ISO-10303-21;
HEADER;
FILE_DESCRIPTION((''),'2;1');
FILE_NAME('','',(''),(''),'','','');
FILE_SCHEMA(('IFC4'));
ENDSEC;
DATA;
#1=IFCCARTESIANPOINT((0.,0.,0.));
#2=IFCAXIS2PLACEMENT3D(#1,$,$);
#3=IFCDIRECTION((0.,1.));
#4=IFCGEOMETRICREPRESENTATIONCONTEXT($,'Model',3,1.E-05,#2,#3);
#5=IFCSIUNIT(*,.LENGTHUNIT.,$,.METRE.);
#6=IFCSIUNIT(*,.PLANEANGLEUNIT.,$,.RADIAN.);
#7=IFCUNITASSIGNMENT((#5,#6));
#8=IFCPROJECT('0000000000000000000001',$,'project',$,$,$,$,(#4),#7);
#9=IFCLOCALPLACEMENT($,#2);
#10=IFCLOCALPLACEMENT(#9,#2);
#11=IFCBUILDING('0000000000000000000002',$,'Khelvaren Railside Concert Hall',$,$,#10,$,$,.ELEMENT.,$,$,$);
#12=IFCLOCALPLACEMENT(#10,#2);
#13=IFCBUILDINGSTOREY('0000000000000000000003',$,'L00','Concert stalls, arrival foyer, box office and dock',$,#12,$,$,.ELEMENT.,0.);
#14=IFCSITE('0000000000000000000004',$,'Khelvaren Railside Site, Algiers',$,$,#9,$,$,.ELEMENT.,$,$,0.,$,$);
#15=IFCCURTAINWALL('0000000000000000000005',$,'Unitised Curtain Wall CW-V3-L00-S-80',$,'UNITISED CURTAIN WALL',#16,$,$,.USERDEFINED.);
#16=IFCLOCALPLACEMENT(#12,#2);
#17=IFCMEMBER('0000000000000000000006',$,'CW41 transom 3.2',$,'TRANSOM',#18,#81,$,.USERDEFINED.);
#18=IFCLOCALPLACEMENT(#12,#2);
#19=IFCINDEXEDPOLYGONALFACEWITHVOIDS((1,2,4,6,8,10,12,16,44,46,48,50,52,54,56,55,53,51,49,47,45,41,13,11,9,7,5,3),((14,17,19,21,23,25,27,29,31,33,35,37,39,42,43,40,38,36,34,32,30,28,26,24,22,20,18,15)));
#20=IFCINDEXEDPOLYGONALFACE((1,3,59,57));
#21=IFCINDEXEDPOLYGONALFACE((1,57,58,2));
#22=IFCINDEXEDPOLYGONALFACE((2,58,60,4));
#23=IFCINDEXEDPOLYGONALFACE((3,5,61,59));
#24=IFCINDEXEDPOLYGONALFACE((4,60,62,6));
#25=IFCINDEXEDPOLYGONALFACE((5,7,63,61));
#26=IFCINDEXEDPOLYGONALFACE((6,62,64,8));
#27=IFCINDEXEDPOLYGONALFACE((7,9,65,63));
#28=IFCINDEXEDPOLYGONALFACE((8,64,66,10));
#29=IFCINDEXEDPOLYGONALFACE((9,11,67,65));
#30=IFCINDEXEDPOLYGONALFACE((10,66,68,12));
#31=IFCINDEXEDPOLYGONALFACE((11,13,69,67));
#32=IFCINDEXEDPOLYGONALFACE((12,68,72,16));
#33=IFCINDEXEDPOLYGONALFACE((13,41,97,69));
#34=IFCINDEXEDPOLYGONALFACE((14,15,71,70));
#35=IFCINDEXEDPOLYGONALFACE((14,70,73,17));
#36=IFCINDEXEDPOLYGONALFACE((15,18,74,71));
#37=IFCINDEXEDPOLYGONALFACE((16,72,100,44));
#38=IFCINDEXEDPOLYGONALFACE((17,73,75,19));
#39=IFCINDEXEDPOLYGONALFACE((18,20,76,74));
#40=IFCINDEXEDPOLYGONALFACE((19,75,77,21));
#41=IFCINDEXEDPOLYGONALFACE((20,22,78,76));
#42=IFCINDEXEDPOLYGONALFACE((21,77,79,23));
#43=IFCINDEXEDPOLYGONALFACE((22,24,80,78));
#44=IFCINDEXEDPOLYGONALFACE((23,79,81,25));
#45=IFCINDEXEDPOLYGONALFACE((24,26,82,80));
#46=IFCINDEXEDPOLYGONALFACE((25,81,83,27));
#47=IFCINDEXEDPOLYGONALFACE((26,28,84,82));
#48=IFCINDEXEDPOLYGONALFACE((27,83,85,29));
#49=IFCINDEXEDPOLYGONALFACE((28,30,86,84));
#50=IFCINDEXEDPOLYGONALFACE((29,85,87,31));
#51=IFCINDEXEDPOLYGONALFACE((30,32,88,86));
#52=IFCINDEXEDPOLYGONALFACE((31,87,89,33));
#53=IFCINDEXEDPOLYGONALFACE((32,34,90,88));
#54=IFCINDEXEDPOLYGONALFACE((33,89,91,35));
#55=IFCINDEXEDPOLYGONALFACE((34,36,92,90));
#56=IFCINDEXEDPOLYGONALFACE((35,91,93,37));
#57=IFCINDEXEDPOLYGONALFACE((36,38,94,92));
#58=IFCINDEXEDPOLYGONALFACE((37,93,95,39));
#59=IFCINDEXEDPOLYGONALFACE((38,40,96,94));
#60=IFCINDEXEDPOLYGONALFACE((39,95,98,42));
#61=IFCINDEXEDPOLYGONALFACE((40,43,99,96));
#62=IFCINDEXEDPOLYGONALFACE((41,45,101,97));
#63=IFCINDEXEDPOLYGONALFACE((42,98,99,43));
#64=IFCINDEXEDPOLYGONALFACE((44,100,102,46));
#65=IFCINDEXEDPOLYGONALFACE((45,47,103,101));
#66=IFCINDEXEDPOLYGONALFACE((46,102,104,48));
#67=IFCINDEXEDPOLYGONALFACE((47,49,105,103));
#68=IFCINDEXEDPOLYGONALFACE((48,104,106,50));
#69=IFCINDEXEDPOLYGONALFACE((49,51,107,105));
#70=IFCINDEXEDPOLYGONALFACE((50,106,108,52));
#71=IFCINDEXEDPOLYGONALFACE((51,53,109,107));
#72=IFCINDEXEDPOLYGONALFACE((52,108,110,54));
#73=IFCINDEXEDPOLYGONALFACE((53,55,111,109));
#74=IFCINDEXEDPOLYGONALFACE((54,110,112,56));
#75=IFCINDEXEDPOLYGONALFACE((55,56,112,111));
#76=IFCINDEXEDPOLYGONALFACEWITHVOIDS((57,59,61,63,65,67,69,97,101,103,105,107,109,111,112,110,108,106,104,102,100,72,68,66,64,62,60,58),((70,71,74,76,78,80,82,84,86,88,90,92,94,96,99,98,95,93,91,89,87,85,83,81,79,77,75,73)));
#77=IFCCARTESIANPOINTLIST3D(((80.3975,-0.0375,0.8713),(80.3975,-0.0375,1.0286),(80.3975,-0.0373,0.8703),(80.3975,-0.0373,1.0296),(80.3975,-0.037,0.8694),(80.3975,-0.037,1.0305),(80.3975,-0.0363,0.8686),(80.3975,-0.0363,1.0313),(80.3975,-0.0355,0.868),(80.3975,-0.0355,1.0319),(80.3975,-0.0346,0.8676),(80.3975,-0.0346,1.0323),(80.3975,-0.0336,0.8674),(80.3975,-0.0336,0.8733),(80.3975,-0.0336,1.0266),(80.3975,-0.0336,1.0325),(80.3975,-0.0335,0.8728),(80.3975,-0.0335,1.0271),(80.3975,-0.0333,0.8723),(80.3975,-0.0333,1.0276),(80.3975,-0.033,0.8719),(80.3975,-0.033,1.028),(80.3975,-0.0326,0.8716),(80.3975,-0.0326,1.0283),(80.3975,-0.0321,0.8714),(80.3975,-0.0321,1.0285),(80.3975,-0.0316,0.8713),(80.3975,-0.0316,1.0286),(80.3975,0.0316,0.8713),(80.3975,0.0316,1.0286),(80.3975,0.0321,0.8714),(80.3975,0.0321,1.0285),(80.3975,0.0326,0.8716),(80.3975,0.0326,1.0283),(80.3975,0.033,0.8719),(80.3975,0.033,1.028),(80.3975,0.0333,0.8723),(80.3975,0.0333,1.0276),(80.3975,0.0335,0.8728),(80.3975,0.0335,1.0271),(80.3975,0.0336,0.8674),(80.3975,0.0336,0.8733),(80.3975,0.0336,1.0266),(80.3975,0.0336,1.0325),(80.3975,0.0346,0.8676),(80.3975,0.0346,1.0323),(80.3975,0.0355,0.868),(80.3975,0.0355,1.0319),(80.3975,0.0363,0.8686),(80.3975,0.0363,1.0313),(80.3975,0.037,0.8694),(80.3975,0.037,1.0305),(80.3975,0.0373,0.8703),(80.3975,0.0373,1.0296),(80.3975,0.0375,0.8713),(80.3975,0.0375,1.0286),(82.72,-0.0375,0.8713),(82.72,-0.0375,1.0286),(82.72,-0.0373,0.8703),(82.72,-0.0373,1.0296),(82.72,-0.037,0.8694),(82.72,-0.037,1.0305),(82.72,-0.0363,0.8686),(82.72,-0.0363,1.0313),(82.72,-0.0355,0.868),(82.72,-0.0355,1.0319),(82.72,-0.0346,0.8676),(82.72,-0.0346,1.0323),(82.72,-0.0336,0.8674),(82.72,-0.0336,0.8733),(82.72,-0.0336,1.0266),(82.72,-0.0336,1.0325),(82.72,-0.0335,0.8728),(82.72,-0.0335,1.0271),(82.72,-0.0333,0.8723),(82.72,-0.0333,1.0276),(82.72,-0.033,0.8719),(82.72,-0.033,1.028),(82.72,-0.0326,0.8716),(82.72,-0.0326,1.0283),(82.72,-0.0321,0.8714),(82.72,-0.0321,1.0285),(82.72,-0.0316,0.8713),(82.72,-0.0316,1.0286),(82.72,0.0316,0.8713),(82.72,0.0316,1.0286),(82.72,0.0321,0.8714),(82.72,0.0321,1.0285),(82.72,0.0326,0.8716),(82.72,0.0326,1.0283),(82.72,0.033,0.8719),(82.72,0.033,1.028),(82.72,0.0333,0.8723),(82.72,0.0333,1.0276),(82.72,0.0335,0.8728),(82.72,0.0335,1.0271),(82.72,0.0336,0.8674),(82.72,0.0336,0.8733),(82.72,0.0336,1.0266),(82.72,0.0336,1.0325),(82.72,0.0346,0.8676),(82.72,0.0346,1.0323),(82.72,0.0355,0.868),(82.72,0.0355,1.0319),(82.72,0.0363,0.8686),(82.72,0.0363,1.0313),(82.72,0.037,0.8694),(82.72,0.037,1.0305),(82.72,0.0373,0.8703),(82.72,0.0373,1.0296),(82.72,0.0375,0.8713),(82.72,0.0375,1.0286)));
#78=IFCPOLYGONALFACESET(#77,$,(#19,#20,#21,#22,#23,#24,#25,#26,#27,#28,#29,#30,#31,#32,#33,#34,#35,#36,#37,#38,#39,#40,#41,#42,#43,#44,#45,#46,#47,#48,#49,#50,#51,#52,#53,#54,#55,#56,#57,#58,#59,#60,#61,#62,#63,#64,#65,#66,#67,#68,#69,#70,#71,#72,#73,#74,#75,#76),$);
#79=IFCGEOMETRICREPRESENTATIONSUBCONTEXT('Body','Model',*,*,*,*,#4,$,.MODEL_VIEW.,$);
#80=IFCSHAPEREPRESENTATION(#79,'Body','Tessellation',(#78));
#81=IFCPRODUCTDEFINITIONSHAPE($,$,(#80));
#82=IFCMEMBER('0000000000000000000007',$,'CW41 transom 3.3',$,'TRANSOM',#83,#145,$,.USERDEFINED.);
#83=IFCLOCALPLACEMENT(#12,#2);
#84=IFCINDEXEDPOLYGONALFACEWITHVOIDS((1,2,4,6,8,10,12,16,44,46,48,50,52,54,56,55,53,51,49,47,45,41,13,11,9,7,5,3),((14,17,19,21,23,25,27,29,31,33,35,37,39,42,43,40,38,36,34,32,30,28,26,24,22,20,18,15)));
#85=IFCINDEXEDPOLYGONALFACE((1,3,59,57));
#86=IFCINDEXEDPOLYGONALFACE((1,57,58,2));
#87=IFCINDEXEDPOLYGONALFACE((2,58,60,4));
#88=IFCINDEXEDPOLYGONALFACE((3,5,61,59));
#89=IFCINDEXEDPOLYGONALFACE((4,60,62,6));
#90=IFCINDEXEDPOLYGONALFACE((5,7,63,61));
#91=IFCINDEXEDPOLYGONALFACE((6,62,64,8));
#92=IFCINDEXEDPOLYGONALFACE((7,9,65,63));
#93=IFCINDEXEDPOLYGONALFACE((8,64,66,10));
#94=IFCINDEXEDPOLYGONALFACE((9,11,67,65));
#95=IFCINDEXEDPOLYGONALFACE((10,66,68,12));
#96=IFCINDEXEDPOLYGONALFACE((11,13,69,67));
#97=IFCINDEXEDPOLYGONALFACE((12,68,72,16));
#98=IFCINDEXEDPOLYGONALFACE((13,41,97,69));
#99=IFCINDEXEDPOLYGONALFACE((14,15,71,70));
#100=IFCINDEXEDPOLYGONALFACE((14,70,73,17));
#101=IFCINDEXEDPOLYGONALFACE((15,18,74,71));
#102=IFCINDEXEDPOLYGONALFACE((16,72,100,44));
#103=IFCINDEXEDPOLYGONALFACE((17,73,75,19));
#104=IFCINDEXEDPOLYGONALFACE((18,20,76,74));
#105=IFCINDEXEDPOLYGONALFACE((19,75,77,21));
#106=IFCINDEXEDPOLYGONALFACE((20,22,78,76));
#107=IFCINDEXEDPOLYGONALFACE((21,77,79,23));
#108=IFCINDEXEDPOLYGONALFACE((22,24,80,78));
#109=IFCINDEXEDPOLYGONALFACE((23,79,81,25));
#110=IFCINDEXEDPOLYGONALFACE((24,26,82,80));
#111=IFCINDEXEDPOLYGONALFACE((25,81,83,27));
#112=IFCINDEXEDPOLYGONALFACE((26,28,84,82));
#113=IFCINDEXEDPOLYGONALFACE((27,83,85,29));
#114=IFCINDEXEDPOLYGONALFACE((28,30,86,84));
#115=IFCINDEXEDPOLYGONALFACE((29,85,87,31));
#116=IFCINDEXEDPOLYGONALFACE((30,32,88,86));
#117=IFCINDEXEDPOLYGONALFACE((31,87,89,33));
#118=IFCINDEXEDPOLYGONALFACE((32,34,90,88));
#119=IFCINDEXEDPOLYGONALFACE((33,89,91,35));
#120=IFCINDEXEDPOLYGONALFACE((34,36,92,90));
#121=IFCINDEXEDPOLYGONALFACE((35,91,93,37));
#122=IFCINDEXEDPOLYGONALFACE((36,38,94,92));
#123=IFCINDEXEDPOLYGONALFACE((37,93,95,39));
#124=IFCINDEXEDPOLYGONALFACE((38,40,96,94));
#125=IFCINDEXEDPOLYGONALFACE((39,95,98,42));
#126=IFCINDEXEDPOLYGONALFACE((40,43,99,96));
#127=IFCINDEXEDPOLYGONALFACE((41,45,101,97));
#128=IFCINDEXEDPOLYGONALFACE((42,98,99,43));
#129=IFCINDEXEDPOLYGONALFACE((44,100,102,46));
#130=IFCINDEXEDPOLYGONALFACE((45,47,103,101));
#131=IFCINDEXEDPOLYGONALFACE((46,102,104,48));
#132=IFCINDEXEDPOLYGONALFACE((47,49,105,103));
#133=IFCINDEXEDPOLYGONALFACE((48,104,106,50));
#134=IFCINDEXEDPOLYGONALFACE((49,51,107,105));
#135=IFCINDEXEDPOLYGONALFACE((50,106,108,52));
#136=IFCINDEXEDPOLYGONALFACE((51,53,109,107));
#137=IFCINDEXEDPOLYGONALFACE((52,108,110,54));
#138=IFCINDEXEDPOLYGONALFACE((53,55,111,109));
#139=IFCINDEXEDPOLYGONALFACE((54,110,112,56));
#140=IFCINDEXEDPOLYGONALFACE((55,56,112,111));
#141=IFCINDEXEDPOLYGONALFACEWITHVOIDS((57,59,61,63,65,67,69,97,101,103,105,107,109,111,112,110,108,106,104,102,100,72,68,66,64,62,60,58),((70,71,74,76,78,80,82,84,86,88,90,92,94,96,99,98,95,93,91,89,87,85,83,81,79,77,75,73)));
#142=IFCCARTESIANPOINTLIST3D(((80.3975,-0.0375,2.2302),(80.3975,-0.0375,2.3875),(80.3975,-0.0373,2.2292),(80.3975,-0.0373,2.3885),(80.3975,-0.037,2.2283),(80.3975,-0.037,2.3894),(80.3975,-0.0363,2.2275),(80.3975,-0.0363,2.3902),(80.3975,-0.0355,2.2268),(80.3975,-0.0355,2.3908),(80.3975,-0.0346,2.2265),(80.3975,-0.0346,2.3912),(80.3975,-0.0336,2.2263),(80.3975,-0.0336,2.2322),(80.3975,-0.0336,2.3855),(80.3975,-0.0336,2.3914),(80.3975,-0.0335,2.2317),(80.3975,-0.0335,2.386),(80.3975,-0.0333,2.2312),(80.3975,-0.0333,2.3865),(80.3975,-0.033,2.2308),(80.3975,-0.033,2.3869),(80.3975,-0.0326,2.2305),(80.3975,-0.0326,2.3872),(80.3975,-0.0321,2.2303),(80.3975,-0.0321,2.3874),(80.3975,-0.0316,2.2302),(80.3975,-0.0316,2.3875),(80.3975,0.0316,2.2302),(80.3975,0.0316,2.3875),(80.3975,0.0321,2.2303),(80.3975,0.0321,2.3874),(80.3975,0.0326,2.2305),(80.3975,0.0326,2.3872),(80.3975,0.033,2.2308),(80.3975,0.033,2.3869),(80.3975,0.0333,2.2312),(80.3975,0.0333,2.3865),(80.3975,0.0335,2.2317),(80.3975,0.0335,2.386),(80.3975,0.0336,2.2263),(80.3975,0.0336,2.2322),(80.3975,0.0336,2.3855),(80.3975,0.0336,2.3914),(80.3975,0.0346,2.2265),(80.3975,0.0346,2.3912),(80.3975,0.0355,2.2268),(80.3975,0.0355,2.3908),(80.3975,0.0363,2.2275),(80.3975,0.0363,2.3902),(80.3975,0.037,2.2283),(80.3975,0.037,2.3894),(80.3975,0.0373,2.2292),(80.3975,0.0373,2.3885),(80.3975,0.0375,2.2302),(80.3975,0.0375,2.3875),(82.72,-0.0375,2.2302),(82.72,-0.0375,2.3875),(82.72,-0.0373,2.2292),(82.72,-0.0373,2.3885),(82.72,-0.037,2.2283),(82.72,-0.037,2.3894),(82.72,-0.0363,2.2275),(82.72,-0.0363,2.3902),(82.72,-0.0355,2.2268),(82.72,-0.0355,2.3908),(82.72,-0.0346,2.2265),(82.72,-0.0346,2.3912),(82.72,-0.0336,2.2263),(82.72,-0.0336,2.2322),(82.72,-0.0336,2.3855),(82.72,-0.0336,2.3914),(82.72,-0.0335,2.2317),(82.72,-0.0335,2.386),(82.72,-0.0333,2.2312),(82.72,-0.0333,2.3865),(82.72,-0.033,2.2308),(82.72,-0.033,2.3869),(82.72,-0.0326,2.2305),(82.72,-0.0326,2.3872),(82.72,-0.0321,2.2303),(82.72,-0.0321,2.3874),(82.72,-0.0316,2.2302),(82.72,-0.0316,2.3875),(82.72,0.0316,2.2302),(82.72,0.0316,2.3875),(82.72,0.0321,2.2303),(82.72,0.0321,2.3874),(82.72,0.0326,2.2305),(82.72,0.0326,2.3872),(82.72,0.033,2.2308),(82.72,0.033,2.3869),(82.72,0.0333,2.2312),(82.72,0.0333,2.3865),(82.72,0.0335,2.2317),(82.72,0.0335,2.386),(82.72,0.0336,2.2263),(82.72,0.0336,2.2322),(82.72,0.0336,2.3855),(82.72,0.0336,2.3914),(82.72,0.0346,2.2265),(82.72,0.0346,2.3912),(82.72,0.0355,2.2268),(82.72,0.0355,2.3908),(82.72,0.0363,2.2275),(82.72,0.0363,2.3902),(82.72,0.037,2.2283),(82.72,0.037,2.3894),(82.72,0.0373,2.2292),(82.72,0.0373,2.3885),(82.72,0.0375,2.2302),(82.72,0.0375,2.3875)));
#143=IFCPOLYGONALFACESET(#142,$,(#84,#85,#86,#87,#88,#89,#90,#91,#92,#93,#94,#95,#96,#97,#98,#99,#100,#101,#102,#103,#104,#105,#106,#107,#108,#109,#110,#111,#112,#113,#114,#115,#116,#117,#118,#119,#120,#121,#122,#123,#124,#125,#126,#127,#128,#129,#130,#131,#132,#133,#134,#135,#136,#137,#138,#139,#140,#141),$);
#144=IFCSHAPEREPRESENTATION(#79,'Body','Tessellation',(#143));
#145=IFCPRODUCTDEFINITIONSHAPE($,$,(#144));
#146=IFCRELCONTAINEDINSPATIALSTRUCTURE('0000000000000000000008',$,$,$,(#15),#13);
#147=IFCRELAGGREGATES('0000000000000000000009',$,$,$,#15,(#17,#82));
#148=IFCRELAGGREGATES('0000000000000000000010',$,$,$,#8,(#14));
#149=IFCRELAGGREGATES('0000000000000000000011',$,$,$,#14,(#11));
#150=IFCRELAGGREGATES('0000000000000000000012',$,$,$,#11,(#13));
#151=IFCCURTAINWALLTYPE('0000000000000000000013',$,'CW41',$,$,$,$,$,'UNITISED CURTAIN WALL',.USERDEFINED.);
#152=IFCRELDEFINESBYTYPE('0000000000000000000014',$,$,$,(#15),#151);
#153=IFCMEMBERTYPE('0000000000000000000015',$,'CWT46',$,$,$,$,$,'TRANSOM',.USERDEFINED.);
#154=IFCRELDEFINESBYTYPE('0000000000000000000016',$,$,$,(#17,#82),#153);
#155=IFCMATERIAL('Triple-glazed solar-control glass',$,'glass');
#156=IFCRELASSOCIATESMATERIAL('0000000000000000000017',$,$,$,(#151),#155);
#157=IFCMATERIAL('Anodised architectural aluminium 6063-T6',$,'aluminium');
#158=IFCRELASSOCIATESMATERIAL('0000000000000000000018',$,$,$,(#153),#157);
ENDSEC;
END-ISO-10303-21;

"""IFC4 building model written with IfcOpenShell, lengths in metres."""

from ifc_helpers import new_model, si_unit, direction, frame, origin, origin_2d, place, context, subcontext, project, spatial, hollow_rectangle, extrude, material, material_profile, profile_set, type_object, element, aggregate, save


model = new_model("IFC4")

# Units and contexts
model_context = context("Model", 3, precision=1e-05, world=origin(), true_north=direction((0.0, 1.0)))
body_context = subcontext(model_context, "Body", "Model", "MODEL_VIEW")
ifc_project = project(units=[si_unit("LENGTHUNIT", "METRE"), si_unit("PLANEANGLEUNIT", "RADIAN")], contexts=[model_context])

# Site, building, storey
site_placement = place(None, origin())
site = spatial("IfcSite", under=ifc_project, at=site_placement, Name="Khelvaren Railside Site, Algiers", CompositionType="ELEMENT", RefElevation=0.0)
building_placement = place(site_placement, origin())
building = spatial("IfcBuilding", under=site, at=building_placement, Name="Khelvaren Railside Concert Hall", CompositionType="ELEMENT")
storey_placement = place(building_placement, origin())
storey = spatial("IfcBuildingStorey", under=building, at=storey_placement, Name="L00", Description="Concert stalls, arrival foyer, box office and dock", CompositionType="ELEMENT", Elevation=0.0)

# Curtain wall
ifc_material_1 = material(Name="Triple-glazed solar-control glass", Category="glass")
curtain_wall_type_1 = type_object("IfcCurtainWallType", Name="CW41", ElementType="UNITISED CURTAIN WALL", PredefinedType="USERDEFINED", material=ifc_material_1)
curtain_wall_1_placement = place(storey_placement, origin())
curtain_wall_1 = element("IfcCurtainWall", 1, at=curtain_wall_1_placement, inside=storey, type_object=curtain_wall_type_1, Name="Unitised Curtain Wall CW-V3-L00-S-80", ObjectType="UNITISED CURTAIN WALL", PredefinedType="USERDEFINED")
ifc_material_2 = material(Name="Anodised architectural aluminium 6063-T6", Category="aluminium")

# Members
ifc_material_profile_1 = material_profile(ifc_material_2, hollow_rectangle(XDim=0.075, YDim=0.165, WallThickness=0.0039, InnerFilletRadius=0.002, OuterFilletRadius=0.0039, at=origin_2d()), Name="CWT 75x165x4")
ifc_profile_set_1 = profile_set([ifc_material_profile_1], Name="Anodised architectural aluminium 6063-T6")
member_type_1 = type_object("IfcMemberType", Name="CWT46", ElementType="TRANSOM", PredefinedType="USERDEFINED", material=ifc_profile_set_1)
member_1_placement = place(storey_placement, frame((82.72, 0.0, 0.95), z_axis=(-1.0, 0.0, 0.0), x_axis=(0.0, -1.0, 0.0)))
member_1 = element("IfcMember", 2, at=member_1_placement, type_object=member_type_1, Name="CW41 transom 3.2", ObjectType="TRANSOM", PredefinedType="USERDEFINED", context=body_context, shape_type="SweptSolid", body=[
    extrude(hollow_rectangle(XDim=0.075, YDim=0.165, WallThickness=0.0039, InnerFilletRadius=0.002, OuterFilletRadius=0.0039, at=origin_2d()), origin(), (0.0, 0.0, 1.0), 2.3225),
])
member_2_placement = place(storey_placement, frame((82.72, 0.0, 2.3088), z_axis=(-1.0, 0.0, 0.0), x_axis=(0.0, -1.0, 0.0)))
member_2 = element("IfcMember", 3, at=member_2_placement, type_object=member_type_1, Name="CW41 transom 3.3", ObjectType="TRANSOM", PredefinedType="USERDEFINED", context=body_context, shape_type="SweptSolid", body=[
    extrude(hollow_rectangle(XDim=0.075, YDim=0.165, WallThickness=0.0039, InnerFilletRadius=0.002, OuterFilletRadius=0.0039, at=origin_2d()), origin(), (0.0, 0.0, 1.0), 2.3225),
])

aggregate(curtain_wall_1, [member_1, member_2])

save(model, "model.ifc")
